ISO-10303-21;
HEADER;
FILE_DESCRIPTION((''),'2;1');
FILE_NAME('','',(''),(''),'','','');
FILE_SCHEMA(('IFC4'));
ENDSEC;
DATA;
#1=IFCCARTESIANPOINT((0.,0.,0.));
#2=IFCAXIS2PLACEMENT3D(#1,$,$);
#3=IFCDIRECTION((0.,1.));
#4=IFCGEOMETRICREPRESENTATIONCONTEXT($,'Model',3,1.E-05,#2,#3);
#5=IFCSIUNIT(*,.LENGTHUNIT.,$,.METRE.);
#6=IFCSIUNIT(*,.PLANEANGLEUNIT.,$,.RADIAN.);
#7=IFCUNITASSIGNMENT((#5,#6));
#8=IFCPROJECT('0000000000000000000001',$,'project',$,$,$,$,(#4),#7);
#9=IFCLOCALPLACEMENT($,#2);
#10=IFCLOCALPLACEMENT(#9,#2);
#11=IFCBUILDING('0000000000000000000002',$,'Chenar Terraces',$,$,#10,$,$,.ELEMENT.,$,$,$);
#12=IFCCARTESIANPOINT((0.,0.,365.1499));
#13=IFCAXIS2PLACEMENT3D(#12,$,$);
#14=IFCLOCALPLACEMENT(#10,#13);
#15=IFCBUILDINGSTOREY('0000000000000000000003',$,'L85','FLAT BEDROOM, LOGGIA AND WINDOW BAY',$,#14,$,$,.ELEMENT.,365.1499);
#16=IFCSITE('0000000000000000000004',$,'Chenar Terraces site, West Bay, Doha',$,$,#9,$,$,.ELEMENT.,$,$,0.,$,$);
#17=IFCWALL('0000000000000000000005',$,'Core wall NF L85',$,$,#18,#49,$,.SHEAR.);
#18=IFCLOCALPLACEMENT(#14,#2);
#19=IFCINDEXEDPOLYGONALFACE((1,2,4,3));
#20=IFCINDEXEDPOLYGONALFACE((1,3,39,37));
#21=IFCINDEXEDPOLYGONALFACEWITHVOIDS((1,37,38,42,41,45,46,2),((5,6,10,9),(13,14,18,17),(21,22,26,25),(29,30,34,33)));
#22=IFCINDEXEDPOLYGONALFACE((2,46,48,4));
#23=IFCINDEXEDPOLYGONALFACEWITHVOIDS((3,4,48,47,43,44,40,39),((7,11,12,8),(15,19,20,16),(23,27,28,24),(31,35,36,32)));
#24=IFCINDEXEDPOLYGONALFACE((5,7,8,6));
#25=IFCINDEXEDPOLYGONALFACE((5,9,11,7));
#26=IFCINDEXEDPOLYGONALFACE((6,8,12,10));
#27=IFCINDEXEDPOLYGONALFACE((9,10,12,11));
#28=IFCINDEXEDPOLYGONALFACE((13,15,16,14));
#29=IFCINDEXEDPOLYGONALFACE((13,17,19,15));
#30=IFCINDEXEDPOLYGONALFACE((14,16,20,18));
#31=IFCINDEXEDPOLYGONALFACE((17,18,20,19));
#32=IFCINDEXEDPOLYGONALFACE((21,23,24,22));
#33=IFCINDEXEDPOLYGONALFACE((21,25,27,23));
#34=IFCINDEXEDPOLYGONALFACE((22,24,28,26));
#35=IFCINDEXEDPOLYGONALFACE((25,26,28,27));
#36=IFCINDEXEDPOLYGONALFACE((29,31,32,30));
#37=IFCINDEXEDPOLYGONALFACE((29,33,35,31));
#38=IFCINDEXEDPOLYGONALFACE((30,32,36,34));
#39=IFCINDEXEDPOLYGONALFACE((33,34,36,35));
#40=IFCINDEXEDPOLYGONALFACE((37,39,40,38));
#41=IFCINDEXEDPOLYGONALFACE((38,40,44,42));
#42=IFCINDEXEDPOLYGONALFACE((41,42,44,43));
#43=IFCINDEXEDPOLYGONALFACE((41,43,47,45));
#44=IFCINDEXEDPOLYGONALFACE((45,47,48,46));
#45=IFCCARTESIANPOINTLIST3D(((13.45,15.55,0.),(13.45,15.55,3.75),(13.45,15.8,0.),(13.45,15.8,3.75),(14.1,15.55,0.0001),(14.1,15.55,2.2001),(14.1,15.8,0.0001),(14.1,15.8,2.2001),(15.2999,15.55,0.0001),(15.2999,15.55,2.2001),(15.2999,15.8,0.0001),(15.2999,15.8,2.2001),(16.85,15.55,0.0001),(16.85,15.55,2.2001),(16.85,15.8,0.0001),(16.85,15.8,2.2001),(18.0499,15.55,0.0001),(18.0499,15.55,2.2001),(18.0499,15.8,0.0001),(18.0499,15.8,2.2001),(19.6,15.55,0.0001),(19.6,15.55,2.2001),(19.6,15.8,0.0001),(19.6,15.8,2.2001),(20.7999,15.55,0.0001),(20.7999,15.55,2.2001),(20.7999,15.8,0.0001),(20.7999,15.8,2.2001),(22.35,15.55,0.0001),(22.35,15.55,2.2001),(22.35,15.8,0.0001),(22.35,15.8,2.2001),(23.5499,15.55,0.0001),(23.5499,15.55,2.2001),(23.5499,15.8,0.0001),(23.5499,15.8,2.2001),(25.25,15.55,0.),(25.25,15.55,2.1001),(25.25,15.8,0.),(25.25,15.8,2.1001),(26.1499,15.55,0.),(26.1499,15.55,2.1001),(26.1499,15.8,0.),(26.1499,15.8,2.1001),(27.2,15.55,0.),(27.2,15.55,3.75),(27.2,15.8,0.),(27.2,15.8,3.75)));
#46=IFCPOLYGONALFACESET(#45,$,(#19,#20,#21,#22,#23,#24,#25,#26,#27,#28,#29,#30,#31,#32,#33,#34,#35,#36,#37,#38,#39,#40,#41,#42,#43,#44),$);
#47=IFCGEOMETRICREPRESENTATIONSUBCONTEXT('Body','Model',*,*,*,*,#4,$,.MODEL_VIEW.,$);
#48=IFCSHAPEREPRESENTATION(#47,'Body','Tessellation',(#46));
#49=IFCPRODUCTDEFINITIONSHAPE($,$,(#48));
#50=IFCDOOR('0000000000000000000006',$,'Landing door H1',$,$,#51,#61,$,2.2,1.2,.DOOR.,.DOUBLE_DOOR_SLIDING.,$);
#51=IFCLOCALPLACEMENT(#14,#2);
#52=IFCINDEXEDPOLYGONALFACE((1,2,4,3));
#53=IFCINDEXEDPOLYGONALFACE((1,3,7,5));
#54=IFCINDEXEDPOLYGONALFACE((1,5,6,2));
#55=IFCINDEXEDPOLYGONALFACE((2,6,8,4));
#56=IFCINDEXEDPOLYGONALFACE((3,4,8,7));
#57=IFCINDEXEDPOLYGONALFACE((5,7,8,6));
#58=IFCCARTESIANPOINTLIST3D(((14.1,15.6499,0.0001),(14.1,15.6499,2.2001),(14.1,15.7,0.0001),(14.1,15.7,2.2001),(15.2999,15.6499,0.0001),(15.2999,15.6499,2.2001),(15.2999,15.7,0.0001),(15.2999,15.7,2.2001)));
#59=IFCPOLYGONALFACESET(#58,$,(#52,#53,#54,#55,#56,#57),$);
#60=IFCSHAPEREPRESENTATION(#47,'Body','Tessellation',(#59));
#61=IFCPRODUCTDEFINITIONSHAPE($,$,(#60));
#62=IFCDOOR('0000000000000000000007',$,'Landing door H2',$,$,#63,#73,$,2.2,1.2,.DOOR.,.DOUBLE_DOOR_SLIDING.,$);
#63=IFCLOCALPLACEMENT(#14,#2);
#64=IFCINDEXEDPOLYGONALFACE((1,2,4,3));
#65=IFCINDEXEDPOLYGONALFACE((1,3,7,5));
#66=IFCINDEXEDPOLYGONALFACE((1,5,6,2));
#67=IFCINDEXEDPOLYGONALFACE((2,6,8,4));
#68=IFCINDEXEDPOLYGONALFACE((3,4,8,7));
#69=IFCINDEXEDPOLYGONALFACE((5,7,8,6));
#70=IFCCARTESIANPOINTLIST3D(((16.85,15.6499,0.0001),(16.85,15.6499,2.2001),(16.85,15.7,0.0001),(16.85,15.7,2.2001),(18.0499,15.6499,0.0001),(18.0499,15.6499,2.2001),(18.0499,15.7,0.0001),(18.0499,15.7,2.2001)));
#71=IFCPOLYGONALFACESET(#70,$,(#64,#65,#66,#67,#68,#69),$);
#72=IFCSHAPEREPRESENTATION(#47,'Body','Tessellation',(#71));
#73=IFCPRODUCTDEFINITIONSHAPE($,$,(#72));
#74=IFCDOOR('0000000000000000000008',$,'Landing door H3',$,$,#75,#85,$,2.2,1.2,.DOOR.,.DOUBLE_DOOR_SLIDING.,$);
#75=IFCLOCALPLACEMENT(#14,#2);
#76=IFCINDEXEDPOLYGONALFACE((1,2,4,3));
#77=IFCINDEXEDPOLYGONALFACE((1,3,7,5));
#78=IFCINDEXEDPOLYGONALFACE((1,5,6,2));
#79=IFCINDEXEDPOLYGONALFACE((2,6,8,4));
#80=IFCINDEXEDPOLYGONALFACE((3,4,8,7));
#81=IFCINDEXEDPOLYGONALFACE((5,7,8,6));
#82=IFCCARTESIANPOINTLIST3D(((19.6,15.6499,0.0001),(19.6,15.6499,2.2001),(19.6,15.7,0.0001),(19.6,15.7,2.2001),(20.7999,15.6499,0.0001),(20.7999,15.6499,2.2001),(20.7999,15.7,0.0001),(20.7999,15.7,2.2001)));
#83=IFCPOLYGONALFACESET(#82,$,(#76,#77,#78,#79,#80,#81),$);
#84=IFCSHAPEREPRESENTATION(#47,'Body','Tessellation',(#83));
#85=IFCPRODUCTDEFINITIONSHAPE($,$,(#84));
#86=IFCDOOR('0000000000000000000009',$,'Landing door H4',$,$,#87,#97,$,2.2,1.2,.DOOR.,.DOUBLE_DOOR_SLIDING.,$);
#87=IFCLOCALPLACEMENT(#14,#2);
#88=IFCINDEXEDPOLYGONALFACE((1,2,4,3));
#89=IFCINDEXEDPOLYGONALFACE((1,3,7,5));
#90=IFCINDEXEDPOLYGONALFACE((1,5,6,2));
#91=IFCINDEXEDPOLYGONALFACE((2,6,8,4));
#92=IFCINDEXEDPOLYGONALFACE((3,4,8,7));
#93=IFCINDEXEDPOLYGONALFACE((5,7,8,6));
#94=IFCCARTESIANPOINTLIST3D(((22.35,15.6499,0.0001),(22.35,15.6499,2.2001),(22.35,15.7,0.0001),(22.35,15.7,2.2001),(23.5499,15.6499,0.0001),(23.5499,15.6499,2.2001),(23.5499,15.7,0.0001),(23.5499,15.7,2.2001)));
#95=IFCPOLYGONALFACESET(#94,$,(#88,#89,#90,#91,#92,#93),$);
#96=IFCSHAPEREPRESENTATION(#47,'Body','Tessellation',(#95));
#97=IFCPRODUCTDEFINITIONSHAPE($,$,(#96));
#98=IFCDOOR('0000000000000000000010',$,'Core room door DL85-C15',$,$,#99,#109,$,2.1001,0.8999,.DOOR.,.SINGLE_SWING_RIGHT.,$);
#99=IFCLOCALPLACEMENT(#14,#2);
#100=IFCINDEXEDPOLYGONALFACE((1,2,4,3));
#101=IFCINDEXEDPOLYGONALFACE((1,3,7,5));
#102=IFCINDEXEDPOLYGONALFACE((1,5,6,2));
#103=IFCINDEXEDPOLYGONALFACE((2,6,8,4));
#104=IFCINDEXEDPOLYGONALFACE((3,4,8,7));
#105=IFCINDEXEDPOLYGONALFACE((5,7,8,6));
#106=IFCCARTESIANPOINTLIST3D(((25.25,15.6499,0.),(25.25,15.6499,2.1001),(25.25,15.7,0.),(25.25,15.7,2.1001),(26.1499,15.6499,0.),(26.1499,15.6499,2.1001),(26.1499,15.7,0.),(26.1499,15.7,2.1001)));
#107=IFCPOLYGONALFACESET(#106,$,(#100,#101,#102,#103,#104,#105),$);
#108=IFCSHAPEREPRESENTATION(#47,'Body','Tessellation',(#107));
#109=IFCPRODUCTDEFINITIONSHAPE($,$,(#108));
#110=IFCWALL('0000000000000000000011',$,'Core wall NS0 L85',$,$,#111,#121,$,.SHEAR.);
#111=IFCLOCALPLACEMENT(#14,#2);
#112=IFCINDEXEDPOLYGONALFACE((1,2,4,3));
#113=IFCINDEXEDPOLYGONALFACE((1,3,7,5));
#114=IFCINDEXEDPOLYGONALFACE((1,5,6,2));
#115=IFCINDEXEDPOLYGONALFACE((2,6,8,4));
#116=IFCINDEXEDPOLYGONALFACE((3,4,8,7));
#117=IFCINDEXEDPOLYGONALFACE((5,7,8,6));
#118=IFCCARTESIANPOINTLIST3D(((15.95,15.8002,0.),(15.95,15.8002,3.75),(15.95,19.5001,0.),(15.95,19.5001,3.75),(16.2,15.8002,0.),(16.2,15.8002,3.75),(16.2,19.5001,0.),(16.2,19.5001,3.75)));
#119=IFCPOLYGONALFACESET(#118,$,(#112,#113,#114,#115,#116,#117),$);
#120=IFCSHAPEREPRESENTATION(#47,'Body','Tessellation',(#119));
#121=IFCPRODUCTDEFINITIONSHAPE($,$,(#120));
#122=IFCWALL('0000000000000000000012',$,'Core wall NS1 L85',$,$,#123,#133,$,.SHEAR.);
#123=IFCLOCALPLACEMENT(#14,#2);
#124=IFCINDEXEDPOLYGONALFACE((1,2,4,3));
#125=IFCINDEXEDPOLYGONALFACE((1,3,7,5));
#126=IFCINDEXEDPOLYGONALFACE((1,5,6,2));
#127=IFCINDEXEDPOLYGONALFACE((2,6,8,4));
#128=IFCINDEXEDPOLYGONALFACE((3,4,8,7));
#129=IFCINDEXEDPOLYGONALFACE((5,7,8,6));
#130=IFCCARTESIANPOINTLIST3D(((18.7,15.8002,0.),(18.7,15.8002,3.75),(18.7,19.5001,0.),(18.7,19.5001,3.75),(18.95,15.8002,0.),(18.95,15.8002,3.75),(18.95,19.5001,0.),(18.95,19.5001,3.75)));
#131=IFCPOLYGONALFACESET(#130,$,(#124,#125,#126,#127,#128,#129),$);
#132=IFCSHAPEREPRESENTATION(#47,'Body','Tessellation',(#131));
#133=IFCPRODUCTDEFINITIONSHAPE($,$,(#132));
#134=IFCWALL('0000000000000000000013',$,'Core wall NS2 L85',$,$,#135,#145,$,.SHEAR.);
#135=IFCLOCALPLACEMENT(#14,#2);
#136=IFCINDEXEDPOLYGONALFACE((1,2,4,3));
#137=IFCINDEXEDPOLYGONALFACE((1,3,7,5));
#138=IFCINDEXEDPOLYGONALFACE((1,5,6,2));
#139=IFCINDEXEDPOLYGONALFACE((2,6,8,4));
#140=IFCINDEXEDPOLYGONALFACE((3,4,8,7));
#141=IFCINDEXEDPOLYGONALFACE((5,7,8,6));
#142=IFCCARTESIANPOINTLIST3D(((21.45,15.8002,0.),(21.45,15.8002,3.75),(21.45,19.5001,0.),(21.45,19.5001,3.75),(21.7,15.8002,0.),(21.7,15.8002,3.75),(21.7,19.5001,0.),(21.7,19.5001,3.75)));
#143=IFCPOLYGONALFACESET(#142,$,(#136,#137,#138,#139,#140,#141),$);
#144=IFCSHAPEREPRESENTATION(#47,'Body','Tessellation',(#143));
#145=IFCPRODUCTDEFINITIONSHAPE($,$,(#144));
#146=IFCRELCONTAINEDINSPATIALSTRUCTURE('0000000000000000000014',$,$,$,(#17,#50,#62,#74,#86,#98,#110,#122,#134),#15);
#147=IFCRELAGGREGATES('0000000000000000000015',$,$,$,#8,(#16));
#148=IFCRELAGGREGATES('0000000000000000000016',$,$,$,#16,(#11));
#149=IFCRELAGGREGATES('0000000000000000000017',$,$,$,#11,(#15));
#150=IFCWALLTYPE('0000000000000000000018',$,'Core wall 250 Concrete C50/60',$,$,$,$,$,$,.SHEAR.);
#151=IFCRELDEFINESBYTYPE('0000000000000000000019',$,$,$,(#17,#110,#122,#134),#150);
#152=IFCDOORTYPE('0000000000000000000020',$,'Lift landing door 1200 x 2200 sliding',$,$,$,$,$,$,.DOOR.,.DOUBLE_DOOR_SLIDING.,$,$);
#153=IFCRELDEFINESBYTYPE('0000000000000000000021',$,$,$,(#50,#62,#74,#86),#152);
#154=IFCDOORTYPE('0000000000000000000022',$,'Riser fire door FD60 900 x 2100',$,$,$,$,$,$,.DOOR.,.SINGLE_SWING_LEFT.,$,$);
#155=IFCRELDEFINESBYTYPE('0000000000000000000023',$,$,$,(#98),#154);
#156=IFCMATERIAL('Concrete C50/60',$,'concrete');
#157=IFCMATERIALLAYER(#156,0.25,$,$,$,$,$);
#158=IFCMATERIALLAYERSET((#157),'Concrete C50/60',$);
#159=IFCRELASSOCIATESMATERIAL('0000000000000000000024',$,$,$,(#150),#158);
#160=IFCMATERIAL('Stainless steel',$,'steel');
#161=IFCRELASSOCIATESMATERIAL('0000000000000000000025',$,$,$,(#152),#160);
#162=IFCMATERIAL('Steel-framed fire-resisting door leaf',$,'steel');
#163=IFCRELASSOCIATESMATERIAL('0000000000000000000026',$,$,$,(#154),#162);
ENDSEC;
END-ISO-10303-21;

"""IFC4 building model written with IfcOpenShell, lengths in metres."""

from ifc_helpers import new_model, si_unit, direction, frame, frame_2d, origin, place, context, subcontext, project, spatial, rectangle, extrude, material, layer, layer_set, type_object, element, fill, save


model = new_model("IFC4")

# Units and contexts
model_context = context("Model", 3, precision=1e-05, world=origin(), true_north=direction((0.0, 1.0)))
body_context = subcontext(model_context, "Body", "Model", "MODEL_VIEW")
ifc_project = project(units=[si_unit("LENGTHUNIT", "METRE"), si_unit("PLANEANGLEUNIT", "RADIAN")], contexts=[model_context])

# Site, building, storey
site_placement = place(None, origin())
site = spatial("IfcSite", under=ifc_project, at=site_placement, Name="Chenar Terraces site, West Bay, Doha", CompositionType="ELEMENT", RefElevation=0.0)
building_placement = place(site_placement, origin())
building = spatial("IfcBuilding", under=site, at=building_placement, Name="Chenar Terraces", CompositionType="ELEMENT")
storey_placement = place(building_placement, frame((0.0, 0.0, 365.1499)))
storey = spatial("IfcBuildingStorey", under=building, at=storey_placement, Name="L85", Description="FLAT BEDROOM, LOGGIA AND WINDOW BAY", CompositionType="ELEMENT", Elevation=365.1499)

# Wall, openings, doors
ifc_material_1 = material(Name="Concrete C50/60", Category="concrete")
ifc_layer_1 = layer(ifc_material_1, 0.25)
ifc_layer_set_1 = layer_set([ifc_layer_1], Name="Concrete C50/60")
wall_type_1 = type_object("IfcWallType", Name="Core wall 250 Concrete C50/60", PredefinedType="SHEAR", material=ifc_layer_set_1)
wall_1_placement = place(storey_placement, frame((13.45, 15.675, 0.0), z_axis=(0.0, 0.0, 1.0), x_axis=(1.0, 0.0, 0.0)))
wall_1 = element("IfcWall", 1, at=wall_1_placement, inside=storey, type_object=wall_type_1, Name="Core wall NF L85", PredefinedType="SHEAR", context=body_context, shape_type="SweptSolid", body=[
    extrude(rectangle(XDim=13.75, YDim=0.25, at=frame_2d((6.875, 0.0))), origin(), (0.0, 0.0, 1.0), 3.75),
])
opening_1_placement = place(wall_1_placement, frame((0.6499, 0.0, 0.0)))
opening_1 = element("IfcOpeningElement", 2, at=opening_1_placement, cuts=wall_1, PredefinedType="OPENING", context=body_context, shape_type="SweptSolid", body=[
    extrude(rectangle(XDim=1.2, YDim=2.2, at=frame_2d((0.6001, 1.1001))), frame((0.0, 0.135, 0.0), z_axis=(0.0, -1.0, 0.0), x_axis=(1.0, 0.0, 0.0)), (0.0, 0.0, 1.0), 0.27),
])
opening_2_placement = place(wall_1_placement, frame((3.3999, 0.0, 0.0)))
opening_2 = element("IfcOpeningElement", 3, at=opening_2_placement, cuts=wall_1, PredefinedType="OPENING", context=body_context, shape_type="SweptSolid", body=[
    extrude(rectangle(XDim=1.2, YDim=2.2, at=frame_2d((0.6001, 1.1001))), frame((0.0, 0.135, 0.0), z_axis=(0.0, -1.0, 0.0), x_axis=(1.0, 0.0, 0.0)), (0.0, 0.0, 1.0), 0.27),
])
opening_3_placement = place(wall_1_placement, frame((6.1499, 0.0, 0.0)))
opening_3 = element("IfcOpeningElement", 4, at=opening_3_placement, cuts=wall_1, PredefinedType="OPENING", context=body_context, shape_type="SweptSolid", body=[
    extrude(rectangle(XDim=1.2, YDim=2.2, at=frame_2d((0.6001, 1.1001))), frame((0.0, 0.135, 0.0), z_axis=(0.0, -1.0, 0.0), x_axis=(1.0, 0.0, 0.0)), (0.0, 0.0, 1.0), 0.27),
])
opening_4_placement = place(wall_1_placement, frame((8.8999, 0.0, 0.0)))
opening_4 = element("IfcOpeningElement", 5, at=opening_4_placement, cuts=wall_1, PredefinedType="OPENING", context=body_context, shape_type="SweptSolid", body=[
    extrude(rectangle(XDim=1.2, YDim=2.2, at=frame_2d((0.6001, 1.1001))), frame((0.0, 0.135, 0.0), z_axis=(0.0, -1.0, 0.0), x_axis=(1.0, 0.0, 0.0)), (0.0, 0.0, 1.0), 0.27),
])
opening_5_placement = place(wall_1_placement, frame((11.8, 0.0, 0.0)))
opening_5 = element("IfcOpeningElement", 6, at=opening_5_placement, cuts=wall_1, PredefinedType="OPENING", context=body_context, shape_type="SweptSolid", body=[
    extrude(rectangle(XDim=0.8999, YDim=2.1001, at=frame_2d((0.45, 1.05))), frame((0.0, 0.135, 0.0), z_axis=(0.0, -1.0, 0.0), x_axis=(1.0, 0.0, 0.0)), (0.0, 0.0, 1.0), 0.27),
])
ifc_material_2 = material(Name="Stainless steel", Category="steel")
door_type_1 = type_object("IfcDoorType", Name="Lift landing door 1200 x 2200 sliding", OperationType="DOUBLE_DOOR_SLIDING", PredefinedType="DOOR", material=ifc_material_2)
door_1_placement = place(opening_1_placement, origin())
door_1 = element("IfcDoor", 7, at=door_1_placement, inside=storey, type_object=door_type_1, Name="Landing door H1", OperationType="DOUBLE_DOOR_SLIDING", OverallHeight=2.2, OverallWidth=1.2, PredefinedType="DOOR", context=body_context, shape_type="SweptSolid", body=[
    extrude(rectangle(XDim=1.2, YDim=2.2, at=frame_2d((0.6001, 1.1001))), frame((0.0, 0.0249, 0.0), z_axis=(0.0, -1.0, 0.0), x_axis=(1.0, 0.0, 0.0)), (0.0, 0.0, 1.0), 0.05),
])
fill(opening_1, door_1)
door_2_placement = place(opening_2_placement, origin())
door_2 = element("IfcDoor", 8, at=door_2_placement, inside=storey, type_object=door_type_1, Name="Landing door H2", OperationType="DOUBLE_DOOR_SLIDING", OverallHeight=2.2, OverallWidth=1.2, PredefinedType="DOOR", context=body_context, shape_type="SweptSolid", body=[
    extrude(rectangle(XDim=1.2, YDim=2.2, at=frame_2d((0.6001, 1.1001))), frame((0.0, 0.0249, 0.0), z_axis=(0.0, -1.0, 0.0), x_axis=(1.0, 0.0, 0.0)), (0.0, 0.0, 1.0), 0.05),
])
fill(opening_2, door_2)
door_3_placement = place(opening_3_placement, origin())
door_3 = element("IfcDoor", 9, at=door_3_placement, inside=storey, type_object=door_type_1, Name="Landing door H3", OperationType="DOUBLE_DOOR_SLIDING", OverallHeight=2.2, OverallWidth=1.2, PredefinedType="DOOR", context=body_context, shape_type="SweptSolid", body=[
    extrude(rectangle(XDim=1.2, YDim=2.2, at=frame_2d((0.6001, 1.1001))), frame((0.0, 0.0249, 0.0), z_axis=(0.0, -1.0, 0.0), x_axis=(1.0, 0.0, 0.0)), (0.0, 0.0, 1.0), 0.05),
])
fill(opening_3, door_3)
door_4_placement = place(opening_4_placement, origin())
door_4 = element("IfcDoor", 10, at=door_4_placement, inside=storey, type_object=door_type_1, Name="Landing door H4", OperationType="DOUBLE_DOOR_SLIDING", OverallHeight=2.2, OverallWidth=1.2, PredefinedType="DOOR", context=body_context, shape_type="SweptSolid", body=[
    extrude(rectangle(XDim=1.2, YDim=2.2, at=frame_2d((0.6001, 1.1001))), frame((0.0, 0.0249, 0.0), z_axis=(0.0, -1.0, 0.0), x_axis=(1.0, 0.0, 0.0)), (0.0, 0.0, 1.0), 0.05),
])
fill(opening_4, door_4)
ifc_material_3 = material(Name="Steel-framed fire-resisting door leaf", Category="steel")
door_type_2 = type_object("IfcDoorType", Name="Riser fire door FD60 900 x 2100", OperationType="SINGLE_SWING_LEFT", PredefinedType="DOOR", material=ifc_material_3)
door_5_placement = place(opening_5_placement, origin())
door_5 = element("IfcDoor", 11, at=door_5_placement, inside=storey, type_object=door_type_2, Name="Core room door DL85-C15", OperationType="SINGLE_SWING_RIGHT", OverallHeight=2.1001, OverallWidth=0.8999, PredefinedType="DOOR", context=body_context, shape_type="SweptSolid", body=[
    extrude(rectangle(XDim=0.8999, YDim=2.1001, at=frame_2d((0.45, 1.05))), frame((0.0, 0.0249, 0.0), z_axis=(0.0, -1.0, 0.0), x_axis=(1.0, 0.0, 0.0)), (0.0, 0.0, 1.0), 0.05),
])
fill(opening_5, door_5)

# Walls
for number, where, z_axis, x_axis, name in (
    (12, (16.075, 15.8, 0.0), (0.0, 0.0, 1.0), (0.0, 1.0, 0.0), "Core wall NS0 L85"),
    (13, (18.825, 15.8, 0.0), (0.0, 0.0, 1.0), (0.0, 1.0, 0.0), "Core wall NS1 L85"),
    (14, (21.575, 15.8, 0.0), (0.0, 0.0, 1.0), (0.0, 1.0, 0.0), "Core wall NS2 L85"),
):
    element("IfcWall", number, at=place(storey_placement, frame(where, z_axis=z_axis, x_axis=x_axis)), inside=storey, type_object=wall_type_1, Name=name, PredefinedType="SHEAR", context=body_context, shape_type="SweptSolid", body=[
        extrude(rectangle(XDim=3.7, YDim=0.25, at=frame_2d((1.8501, 0.0))), origin(), (0.0, 0.0, 1.0), 3.75),
    ])

save(model, "model.ifc")
